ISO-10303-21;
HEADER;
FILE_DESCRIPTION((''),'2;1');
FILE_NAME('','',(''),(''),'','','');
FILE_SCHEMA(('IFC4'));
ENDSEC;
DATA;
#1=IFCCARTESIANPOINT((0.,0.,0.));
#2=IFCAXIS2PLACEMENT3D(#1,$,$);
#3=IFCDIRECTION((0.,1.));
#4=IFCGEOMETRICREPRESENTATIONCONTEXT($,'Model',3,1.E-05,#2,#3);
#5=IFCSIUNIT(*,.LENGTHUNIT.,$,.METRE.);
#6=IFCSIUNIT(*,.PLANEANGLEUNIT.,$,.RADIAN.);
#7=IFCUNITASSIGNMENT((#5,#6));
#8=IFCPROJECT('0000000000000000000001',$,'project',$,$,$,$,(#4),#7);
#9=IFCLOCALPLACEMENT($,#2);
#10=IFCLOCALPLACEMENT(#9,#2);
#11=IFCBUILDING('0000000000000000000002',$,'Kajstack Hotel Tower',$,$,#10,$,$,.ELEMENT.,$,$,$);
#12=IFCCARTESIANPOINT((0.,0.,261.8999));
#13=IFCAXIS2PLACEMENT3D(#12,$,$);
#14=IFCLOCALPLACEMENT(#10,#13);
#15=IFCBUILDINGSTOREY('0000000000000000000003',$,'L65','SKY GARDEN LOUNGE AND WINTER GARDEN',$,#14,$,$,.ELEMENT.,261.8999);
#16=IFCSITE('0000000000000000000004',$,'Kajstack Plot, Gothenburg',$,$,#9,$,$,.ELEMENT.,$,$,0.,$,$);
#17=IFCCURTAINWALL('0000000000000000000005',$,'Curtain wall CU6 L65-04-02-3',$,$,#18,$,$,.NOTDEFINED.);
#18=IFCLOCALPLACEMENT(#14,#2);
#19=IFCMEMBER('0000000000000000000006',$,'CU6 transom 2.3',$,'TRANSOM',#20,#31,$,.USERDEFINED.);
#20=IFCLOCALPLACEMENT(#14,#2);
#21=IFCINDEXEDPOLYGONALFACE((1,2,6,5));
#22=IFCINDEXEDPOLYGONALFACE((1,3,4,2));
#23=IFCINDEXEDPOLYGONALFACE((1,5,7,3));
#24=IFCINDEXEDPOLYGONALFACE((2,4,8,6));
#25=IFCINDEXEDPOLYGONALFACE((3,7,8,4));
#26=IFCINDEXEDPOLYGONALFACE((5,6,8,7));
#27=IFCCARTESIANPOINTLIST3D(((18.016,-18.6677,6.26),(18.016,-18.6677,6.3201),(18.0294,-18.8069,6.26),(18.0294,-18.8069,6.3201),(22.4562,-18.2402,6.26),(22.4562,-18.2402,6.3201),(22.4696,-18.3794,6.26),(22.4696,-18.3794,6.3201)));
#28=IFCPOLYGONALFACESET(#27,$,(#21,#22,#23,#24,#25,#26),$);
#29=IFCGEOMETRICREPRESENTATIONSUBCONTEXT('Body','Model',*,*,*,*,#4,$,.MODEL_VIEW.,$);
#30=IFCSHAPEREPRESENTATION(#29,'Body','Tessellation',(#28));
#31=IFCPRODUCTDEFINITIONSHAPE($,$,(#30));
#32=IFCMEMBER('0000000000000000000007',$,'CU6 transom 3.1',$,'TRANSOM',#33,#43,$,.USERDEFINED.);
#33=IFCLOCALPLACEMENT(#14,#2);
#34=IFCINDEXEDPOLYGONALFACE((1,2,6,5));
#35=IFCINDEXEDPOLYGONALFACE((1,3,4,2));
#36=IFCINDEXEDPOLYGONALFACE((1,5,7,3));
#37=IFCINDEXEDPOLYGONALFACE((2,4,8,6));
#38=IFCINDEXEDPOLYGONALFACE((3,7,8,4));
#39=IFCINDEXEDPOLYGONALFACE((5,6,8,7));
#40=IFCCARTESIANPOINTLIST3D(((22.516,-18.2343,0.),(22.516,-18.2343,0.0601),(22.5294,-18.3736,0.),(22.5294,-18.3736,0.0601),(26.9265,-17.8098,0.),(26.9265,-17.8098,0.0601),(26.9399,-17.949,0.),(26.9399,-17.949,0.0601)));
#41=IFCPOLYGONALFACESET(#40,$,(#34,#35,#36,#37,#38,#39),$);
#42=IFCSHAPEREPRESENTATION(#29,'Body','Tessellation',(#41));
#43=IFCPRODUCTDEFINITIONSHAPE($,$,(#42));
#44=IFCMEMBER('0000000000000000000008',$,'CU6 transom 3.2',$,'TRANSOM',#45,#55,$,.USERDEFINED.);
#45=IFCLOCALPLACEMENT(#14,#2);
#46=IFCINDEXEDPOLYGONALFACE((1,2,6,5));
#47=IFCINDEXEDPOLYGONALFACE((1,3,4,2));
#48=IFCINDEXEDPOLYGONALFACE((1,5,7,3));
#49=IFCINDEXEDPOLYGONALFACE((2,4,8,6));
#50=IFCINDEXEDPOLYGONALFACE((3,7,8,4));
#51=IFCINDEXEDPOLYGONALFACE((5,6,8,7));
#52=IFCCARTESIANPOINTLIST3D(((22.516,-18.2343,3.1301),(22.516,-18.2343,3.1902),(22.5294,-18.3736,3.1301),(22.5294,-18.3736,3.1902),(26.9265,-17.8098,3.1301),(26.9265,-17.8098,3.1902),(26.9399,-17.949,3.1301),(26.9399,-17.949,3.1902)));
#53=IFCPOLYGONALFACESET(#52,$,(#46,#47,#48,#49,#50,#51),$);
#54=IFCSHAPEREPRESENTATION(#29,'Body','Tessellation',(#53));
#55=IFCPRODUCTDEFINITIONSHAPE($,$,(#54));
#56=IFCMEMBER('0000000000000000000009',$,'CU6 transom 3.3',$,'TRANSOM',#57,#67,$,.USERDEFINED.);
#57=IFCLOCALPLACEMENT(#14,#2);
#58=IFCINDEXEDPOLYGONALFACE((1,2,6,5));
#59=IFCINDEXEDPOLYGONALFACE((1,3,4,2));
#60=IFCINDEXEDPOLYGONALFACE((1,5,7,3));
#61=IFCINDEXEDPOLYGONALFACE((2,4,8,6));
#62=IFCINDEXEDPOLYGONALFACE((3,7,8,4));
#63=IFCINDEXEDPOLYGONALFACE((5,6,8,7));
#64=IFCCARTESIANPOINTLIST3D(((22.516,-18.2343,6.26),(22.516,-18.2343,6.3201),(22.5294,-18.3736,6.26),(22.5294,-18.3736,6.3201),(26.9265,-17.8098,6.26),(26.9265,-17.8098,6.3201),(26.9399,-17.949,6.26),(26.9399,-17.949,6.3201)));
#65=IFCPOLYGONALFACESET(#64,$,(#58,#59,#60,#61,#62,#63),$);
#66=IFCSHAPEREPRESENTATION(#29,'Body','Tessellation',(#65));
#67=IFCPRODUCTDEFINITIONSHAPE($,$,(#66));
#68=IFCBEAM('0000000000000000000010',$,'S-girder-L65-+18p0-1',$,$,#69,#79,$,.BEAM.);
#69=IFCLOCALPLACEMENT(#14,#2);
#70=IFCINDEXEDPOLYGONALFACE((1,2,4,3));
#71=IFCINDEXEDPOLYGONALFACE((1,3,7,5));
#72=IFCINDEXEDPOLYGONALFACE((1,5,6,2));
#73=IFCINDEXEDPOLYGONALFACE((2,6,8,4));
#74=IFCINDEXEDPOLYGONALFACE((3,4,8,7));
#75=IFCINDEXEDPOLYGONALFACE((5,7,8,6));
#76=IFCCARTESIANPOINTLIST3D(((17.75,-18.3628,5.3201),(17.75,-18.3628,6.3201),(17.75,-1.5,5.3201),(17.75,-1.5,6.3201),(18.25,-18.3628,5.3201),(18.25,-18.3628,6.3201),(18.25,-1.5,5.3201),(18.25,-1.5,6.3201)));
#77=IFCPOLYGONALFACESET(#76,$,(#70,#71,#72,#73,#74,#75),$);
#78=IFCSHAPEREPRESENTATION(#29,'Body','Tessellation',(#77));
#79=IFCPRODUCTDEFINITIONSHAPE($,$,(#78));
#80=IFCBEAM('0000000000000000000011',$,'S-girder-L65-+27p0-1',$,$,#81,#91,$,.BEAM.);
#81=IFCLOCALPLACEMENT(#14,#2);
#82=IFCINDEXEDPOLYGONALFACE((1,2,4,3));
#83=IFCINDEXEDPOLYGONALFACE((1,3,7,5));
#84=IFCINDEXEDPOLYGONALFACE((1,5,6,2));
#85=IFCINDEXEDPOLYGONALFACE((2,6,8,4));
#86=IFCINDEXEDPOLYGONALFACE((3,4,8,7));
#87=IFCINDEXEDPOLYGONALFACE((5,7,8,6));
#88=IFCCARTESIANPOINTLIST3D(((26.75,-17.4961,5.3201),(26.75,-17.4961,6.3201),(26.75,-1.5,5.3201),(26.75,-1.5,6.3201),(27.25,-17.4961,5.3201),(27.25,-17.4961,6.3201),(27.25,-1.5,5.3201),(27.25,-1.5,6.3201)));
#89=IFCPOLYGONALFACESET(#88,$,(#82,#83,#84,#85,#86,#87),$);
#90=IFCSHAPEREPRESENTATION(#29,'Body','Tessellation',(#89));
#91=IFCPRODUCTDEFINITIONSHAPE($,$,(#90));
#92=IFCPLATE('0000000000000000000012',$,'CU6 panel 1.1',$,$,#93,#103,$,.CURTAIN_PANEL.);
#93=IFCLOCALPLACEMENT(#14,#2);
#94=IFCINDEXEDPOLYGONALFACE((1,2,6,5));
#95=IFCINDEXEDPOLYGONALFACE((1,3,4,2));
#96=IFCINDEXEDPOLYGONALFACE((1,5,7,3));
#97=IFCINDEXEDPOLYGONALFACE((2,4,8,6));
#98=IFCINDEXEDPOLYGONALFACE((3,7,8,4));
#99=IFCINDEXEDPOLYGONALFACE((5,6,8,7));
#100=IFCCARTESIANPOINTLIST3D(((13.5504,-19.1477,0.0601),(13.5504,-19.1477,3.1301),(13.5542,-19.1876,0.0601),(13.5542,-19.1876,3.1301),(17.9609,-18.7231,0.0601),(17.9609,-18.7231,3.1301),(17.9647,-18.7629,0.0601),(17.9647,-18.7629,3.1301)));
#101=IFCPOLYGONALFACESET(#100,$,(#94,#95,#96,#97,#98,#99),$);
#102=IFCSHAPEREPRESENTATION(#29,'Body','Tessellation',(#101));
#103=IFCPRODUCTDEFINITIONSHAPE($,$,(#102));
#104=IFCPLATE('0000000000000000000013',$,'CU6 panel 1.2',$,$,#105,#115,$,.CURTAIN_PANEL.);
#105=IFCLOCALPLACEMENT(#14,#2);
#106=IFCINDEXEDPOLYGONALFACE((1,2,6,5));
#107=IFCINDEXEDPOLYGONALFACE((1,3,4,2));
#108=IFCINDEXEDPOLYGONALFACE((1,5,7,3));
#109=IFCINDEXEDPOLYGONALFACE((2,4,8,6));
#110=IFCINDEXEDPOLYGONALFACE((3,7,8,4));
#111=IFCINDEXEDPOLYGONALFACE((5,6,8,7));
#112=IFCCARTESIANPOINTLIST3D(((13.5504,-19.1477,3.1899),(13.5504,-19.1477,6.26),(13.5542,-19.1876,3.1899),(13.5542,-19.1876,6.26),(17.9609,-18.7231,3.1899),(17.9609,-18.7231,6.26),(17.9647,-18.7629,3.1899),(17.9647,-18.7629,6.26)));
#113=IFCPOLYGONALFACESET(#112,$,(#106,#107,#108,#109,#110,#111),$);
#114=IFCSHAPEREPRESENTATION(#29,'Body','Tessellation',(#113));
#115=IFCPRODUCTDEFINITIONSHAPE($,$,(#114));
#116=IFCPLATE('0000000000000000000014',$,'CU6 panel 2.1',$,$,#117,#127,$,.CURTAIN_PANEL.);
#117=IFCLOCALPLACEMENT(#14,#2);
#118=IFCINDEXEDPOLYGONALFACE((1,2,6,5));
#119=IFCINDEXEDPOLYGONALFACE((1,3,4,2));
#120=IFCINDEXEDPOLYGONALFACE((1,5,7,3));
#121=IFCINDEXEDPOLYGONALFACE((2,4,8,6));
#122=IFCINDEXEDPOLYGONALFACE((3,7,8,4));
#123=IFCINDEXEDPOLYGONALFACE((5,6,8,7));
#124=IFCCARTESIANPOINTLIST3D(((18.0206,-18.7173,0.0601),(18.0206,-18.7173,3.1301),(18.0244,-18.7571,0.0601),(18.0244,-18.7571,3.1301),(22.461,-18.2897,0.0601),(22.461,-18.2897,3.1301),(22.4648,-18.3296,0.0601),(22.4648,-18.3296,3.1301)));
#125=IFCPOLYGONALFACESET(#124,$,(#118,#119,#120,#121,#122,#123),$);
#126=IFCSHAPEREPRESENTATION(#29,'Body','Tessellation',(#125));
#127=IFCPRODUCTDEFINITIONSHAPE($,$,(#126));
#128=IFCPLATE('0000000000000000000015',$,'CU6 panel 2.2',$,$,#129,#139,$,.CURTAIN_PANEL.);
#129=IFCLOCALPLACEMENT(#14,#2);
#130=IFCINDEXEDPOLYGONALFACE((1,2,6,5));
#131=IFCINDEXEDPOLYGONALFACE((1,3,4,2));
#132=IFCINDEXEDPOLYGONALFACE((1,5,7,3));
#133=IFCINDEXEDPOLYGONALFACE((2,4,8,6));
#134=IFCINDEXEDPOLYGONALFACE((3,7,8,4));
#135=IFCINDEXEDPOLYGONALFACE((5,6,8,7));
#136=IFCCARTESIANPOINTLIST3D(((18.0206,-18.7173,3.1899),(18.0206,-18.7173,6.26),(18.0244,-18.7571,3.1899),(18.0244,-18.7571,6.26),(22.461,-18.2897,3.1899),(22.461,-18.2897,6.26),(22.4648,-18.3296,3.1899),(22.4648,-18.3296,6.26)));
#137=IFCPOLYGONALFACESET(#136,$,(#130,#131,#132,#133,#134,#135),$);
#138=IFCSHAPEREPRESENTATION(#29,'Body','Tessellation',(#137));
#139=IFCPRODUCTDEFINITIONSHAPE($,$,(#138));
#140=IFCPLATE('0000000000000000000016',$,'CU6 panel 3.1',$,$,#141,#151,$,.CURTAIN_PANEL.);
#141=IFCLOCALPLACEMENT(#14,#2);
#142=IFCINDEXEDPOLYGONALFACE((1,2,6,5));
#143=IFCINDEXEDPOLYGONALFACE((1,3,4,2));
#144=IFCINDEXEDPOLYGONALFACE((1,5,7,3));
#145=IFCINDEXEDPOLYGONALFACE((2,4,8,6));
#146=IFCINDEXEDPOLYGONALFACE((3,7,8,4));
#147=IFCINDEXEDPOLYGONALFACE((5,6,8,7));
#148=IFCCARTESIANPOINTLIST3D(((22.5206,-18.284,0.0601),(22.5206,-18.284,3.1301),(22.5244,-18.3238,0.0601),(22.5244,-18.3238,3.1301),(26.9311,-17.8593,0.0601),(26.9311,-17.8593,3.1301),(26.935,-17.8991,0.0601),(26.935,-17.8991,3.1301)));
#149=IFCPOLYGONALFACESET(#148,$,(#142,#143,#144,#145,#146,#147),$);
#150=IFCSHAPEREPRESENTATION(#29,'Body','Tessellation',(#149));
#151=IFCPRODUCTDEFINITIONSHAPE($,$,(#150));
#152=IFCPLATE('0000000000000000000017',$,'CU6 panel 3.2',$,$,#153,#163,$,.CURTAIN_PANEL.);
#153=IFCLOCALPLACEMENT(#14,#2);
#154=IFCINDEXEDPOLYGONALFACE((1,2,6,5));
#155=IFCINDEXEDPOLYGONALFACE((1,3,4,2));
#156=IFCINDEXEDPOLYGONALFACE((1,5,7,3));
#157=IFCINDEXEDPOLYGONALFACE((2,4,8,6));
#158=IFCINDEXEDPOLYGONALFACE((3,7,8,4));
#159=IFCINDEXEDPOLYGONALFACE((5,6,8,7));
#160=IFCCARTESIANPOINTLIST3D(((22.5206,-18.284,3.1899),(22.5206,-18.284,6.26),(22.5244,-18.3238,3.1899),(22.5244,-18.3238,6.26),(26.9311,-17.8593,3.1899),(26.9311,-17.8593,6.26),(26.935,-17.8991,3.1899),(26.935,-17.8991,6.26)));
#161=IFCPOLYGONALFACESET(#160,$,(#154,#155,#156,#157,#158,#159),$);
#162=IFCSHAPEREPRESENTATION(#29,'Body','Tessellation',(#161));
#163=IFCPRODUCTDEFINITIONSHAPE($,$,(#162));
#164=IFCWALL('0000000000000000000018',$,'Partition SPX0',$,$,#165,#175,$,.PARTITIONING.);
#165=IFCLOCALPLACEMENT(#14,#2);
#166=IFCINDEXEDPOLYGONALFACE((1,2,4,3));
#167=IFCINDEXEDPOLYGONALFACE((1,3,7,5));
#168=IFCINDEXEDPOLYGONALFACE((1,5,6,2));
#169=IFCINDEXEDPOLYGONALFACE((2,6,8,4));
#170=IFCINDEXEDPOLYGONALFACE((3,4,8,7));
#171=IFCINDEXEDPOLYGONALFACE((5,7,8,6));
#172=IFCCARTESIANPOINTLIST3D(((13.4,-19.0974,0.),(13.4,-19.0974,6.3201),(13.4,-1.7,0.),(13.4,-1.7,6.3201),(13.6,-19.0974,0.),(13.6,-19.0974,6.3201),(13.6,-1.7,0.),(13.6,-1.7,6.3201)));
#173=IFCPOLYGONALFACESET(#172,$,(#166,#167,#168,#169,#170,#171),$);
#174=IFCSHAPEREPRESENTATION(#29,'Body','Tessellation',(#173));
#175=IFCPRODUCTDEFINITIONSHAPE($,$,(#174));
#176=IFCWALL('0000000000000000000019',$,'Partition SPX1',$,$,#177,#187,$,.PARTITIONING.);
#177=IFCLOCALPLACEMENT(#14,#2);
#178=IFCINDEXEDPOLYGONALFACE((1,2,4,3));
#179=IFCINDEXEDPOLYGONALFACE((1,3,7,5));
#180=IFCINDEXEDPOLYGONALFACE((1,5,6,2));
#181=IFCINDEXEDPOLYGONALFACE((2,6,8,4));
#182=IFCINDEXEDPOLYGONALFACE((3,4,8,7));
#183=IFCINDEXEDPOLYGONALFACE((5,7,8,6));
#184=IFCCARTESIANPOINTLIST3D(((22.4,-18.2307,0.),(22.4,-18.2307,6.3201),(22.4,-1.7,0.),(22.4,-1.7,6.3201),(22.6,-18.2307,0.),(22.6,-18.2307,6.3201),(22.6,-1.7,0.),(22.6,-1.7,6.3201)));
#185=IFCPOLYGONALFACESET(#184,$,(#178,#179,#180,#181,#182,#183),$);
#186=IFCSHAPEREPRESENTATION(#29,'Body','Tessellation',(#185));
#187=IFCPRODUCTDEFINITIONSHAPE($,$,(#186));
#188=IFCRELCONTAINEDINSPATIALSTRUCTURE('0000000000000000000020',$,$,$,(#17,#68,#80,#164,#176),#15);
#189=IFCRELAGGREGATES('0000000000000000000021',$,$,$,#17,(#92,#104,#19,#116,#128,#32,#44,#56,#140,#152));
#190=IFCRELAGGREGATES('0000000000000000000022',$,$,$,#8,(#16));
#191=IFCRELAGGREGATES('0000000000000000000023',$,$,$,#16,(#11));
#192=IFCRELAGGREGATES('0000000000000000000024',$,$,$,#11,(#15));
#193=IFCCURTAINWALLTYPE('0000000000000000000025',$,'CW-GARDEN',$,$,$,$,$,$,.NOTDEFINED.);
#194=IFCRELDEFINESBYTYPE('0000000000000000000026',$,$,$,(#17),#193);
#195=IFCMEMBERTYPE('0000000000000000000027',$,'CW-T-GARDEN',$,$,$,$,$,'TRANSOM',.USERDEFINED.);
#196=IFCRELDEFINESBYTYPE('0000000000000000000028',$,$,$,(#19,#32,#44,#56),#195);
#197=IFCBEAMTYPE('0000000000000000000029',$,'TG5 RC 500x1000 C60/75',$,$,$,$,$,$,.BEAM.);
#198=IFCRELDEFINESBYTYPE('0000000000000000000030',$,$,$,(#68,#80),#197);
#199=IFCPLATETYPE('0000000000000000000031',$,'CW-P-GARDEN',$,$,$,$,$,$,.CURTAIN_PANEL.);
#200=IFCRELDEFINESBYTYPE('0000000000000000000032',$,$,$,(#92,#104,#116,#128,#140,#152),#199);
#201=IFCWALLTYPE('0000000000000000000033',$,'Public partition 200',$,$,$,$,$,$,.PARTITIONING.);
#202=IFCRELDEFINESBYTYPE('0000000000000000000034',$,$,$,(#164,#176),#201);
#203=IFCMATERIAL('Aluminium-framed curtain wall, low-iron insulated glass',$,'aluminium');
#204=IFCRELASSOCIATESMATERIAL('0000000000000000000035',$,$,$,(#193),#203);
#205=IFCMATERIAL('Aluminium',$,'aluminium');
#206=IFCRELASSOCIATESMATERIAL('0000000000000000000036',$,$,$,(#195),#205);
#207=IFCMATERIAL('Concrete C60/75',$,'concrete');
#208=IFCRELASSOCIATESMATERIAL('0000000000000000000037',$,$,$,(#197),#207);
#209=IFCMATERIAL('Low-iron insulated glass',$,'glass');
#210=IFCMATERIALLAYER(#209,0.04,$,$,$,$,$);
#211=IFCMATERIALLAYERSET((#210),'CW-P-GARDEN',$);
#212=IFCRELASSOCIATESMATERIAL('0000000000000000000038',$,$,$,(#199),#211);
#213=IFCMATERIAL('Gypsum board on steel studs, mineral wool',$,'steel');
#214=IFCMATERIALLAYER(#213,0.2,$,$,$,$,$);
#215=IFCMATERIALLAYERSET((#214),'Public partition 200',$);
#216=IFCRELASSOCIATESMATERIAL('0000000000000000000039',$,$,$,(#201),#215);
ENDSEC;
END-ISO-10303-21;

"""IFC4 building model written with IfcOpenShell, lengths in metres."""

from ifc_helpers import new_model, si_unit, direction, frame, frame_2d, origin, origin_2d, place, context, subcontext, project, spatial, rectangle, extrude, material, layer, layer_set, material_profile, profile_set, type_object, element, aggregate, save


model = new_model("IFC4")

# Units and contexts
model_context = context("Model", 3, precision=1e-05, world=origin(), true_north=direction((0.0, 1.0)))
body_context = subcontext(model_context, "Body", "Model", "MODEL_VIEW")
ifc_project = project(units=[si_unit("LENGTHUNIT", "METRE"), si_unit("PLANEANGLEUNIT", "RADIAN")], contexts=[model_context])

# Site, building, storey
site_placement = place(None, origin())
site = spatial("IfcSite", under=ifc_project, at=site_placement, Name="Kajstack Plot, Gothenburg", CompositionType="ELEMENT", RefElevation=0.0)
building_placement = place(site_placement, origin())
building = spatial("IfcBuilding", under=site, at=building_placement, Name="Kajstack Hotel Tower", CompositionType="ELEMENT")
storey_placement = place(building_placement, frame((0.0, 0.0, 261.8999)))
storey = spatial("IfcBuildingStorey", under=building, at=storey_placement, Name="L65", Description="SKY GARDEN LOUNGE AND WINTER GARDEN", CompositionType="ELEMENT", Elevation=261.8999)

# Shared definitions
ifc_material_1 = material(Name="Aluminium-framed curtain wall, low-iron insulated glass", Category="aluminium")
curtain_wall_type = type_object("IfcCurtainWallType", Name="CW-GARDEN", PredefinedType="NOTDEFINED", material=ifc_material_1)
ifc_material_2 = material(Name="Aluminium", Category="aluminium")

# Curtain wall, members
curtain_wall_1_placement = place(storey_placement, origin())
curtain_wall_1 = element("IfcCurtainWall", 1, at=curtain_wall_1_placement, inside=storey, type_object=curtain_wall_type, Name="Curtain wall CU6 L65-04-02-3", PredefinedType="NOTDEFINED")
ifc_material_profile_1 = material_profile(ifc_material_2, rectangle(XDim=0.1399, YDim=0.0601, at=origin_2d()), Name="Aluminium transom 140 x 60")
ifc_profile_set_1 = profile_set([ifc_material_profile_1], Name="Aluminium")
member_type_1 = type_object("IfcMemberType", Name="CW-T-GARDEN", ElementType="TRANSOM", PredefinedType="USERDEFINED", material=ifc_profile_set_1)
member_1_placement = place(storey_placement, frame((18.0227, -18.7373, 6.29), z_axis=(0.995397, 0.095834, 0.0), x_axis=(-0.095834, 0.995397, 0.0)))
member_1 = element("IfcMember", 2, at=member_1_placement, type_object=member_type_1, Name="CU6 transom 2.3", ObjectType="TRANSOM", PredefinedType="USERDEFINED", context=body_context, shape_type="SweptSolid", body=[
    extrude(rectangle(XDim=0.1399, YDim=0.0601, at=origin_2d()), origin(), (0.0, 0.0, 1.0), 4.4607),
])
member_2_placement = place(storey_placement, frame((22.5227, -18.304, 0.03), z_axis=(0.995399, 0.095821, 0.0), x_axis=(-0.095821, 0.995399, 0.0)))
member_2 = element("IfcMember", 3, at=member_2_placement, type_object=member_type_1, Name="CU6 transom 3.1", ObjectType="TRANSOM", PredefinedType="USERDEFINED", context=body_context, shape_type="SweptSolid", body=[
    extrude(rectangle(XDim=0.1399, YDim=0.0601, at=origin_2d()), origin(), (0.0, 0.0, 1.0), 4.4309),
])
member_3_placement = place(storey_placement, frame((22.5227, -18.304, 3.1602), z_axis=(0.995399, 0.095821, 0.0), x_axis=(-0.095821, 0.995399, 0.0)))
member_3 = element("IfcMember", 4, at=member_3_placement, type_object=member_type_1, Name="CU6 transom 3.2", ObjectType="TRANSOM", PredefinedType="USERDEFINED", context=body_context, shape_type="SweptSolid", body=[
    extrude(rectangle(XDim=0.1399, YDim=0.0601, at=origin_2d()), origin(), (0.0, 0.0, 1.0), 4.4309),
])
member_4_placement = place(storey_placement, frame((22.5227, -18.304, 6.29), z_axis=(0.995399, 0.095821, 0.0), x_axis=(-0.095821, 0.995399, 0.0)))
member_4 = element("IfcMember", 5, at=member_4_placement, type_object=member_type_1, Name="CU6 transom 3.3", ObjectType="TRANSOM", PredefinedType="USERDEFINED", context=body_context, shape_type="SweptSolid", body=[
    extrude(rectangle(XDim=0.1399, YDim=0.0601, at=origin_2d()), origin(), (0.0, 0.0, 1.0), 4.4309),
])

# Beams
ifc_material_3 = material(Name="Concrete C60/75", Category="concrete")
ifc_material_profile_2 = material_profile(ifc_material_3, rectangle(XDim=0.5, YDim=1.0, at=origin_2d()), Name="RC 500x1000")
ifc_profile_set_2 = profile_set([ifc_material_profile_2], Name="Concrete C60/75")
beam_type = type_object("IfcBeamType", Name="TG5 RC 500x1000 C60/75", PredefinedType="BEAM", material=ifc_profile_set_2)
beam_1_placement = place(storey_placement, frame((18.0, -18.3628, 5.8201), z_axis=(0.0, 1.0, 0.0), x_axis=(-1.0, 0.0, 0.0)))
element("IfcBeam", 6, at=beam_1_placement, inside=storey, type_object=beam_type, Name="S-girder-L65-+18p0-1", PredefinedType="BEAM", context=body_context, shape_type="SweptSolid", body=[
    extrude(rectangle(XDim=0.5, YDim=1.0, at=origin_2d()), origin(), (0.0, 0.0, 1.0), 16.8628),
])
beam_2_placement = place(storey_placement, frame((27.0, -17.4961, 5.8201), z_axis=(0.0, 1.0, 0.0), x_axis=(-1.0, 0.0, 0.0)))
element("IfcBeam", 7, at=beam_2_placement, inside=storey, type_object=beam_type, Name="S-girder-L65-+27p0-1", PredefinedType="BEAM", context=body_context, shape_type="SweptSolid", body=[
    extrude(rectangle(XDim=0.5, YDim=1.0, at=origin_2d()), origin(), (0.0, 0.0, 1.0), 15.9961),
])

# Plates
ifc_material_4 = material(Name="Low-iron insulated glass", Category="glass")
ifc_layer_1 = layer(ifc_material_4, 0.04)
ifc_layer_set_1 = layer_set([ifc_layer_1], Name="CW-P-GARDEN")
plate_type = type_object("IfcPlateType", Name="CW-P-GARDEN", PredefinedType="CURTAIN_PANEL", material=ifc_layer_set_1)
plate_1_placement = place(storey_placement, frame((15.7576, -18.9553, 0.0601), z_axis=(0.0, 0.0, 1.0), x_axis=(0.995396, 0.095846, 0.0)))
plate_1 = element("IfcPlate", 8, at=plate_1_placement, type_object=plate_type, Name="CU6 panel 1.1", PredefinedType="CURTAIN_PANEL", context=body_context, shape_type="SweptSolid", body=[
    extrude(rectangle(XDim=4.4309, YDim=0.04, at=origin_2d()), origin(), (0.0, 0.0, 1.0), 3.0701),
])
plate_2_placement = place(storey_placement, frame((15.7576, -18.9553, 3.1899), z_axis=(0.0, 0.0, 1.0), x_axis=(0.995396, 0.095846, 0.0)))
plate_2 = element("IfcPlate", 9, at=plate_2_placement, type_object=plate_type, Name="CU6 panel 1.2", PredefinedType="CURTAIN_PANEL", context=body_context, shape_type="SweptSolid", body=[
    extrude(rectangle(XDim=4.4309, YDim=0.04, at=origin_2d()), origin(), (0.0, 0.0, 1.0), 3.0701),
])
plate_3_placement = place(storey_placement, frame((20.2427, -18.5234, 0.0601), z_axis=(0.0, 0.0, 1.0), x_axis=(0.995396, 0.095846, 0.0)))
plate_3 = element("IfcPlate", 10, at=plate_3_placement, type_object=plate_type, Name="CU6 panel 2.1", PredefinedType="CURTAIN_PANEL", context=body_context, shape_type="SweptSolid", body=[
    extrude(rectangle(XDim=4.4609, YDim=0.04, at=origin_2d()), origin(), (0.0, 0.0, 1.0), 3.0701),
])
plate_4_placement = place(storey_placement, frame((20.2427, -18.5234, 3.1899), z_axis=(0.0, 0.0, 1.0), x_axis=(0.995396, 0.095846, 0.0)))
plate_4 = element("IfcPlate", 11, at=plate_4_placement, type_object=plate_type, Name="CU6 panel 2.2", PredefinedType="CURTAIN_PANEL", context=body_context, shape_type="SweptSolid", body=[
    extrude(rectangle(XDim=4.4609, YDim=0.04, at=origin_2d()), origin(), (0.0, 0.0, 1.0), 3.0701),
])
plate_5_placement = place(storey_placement, frame((24.7278, -18.0916, 0.0601), z_axis=(0.0, 0.0, 1.0), x_axis=(0.995396, 0.095846, 0.0)))
plate_5 = element("IfcPlate", 12, at=plate_5_placement, type_object=plate_type, Name="CU6 panel 3.1", PredefinedType="CURTAIN_PANEL", context=body_context, shape_type="SweptSolid", body=[
    extrude(rectangle(XDim=4.4309, YDim=0.04, at=origin_2d()), origin(), (0.0, 0.0, 1.0), 3.0701),
])
plate_6_placement = place(storey_placement, frame((24.7278, -18.0916, 3.1899), z_axis=(0.0, 0.0, 1.0), x_axis=(0.995396, 0.095846, 0.0)))
plate_6 = element("IfcPlate", 13, at=plate_6_placement, type_object=plate_type, Name="CU6 panel 3.2", PredefinedType="CURTAIN_PANEL", context=body_context, shape_type="SweptSolid", body=[
    extrude(rectangle(XDim=4.4309, YDim=0.04, at=origin_2d()), origin(), (0.0, 0.0, 1.0), 3.0701),
])
aggregate(curtain_wall_1, [plate_1, plate_2, member_1, plate_3, plate_4, member_2, member_3, member_4, plate_5, plate_6])

# Walls
ifc_material_5 = material(Name="Gypsum board on steel studs, mineral wool", Category="steel")
ifc_layer_2 = layer(ifc_material_5, 0.2)
ifc_layer_set_2 = layer_set([ifc_layer_2], Name="Public partition 200")
wall_type = type_object("IfcWallType", Name="Public partition 200", PredefinedType="PARTITIONING", material=ifc_layer_set_2)
wall_1_placement = place(storey_placement, frame((13.5, -19.0974, 0.0), z_axis=(0.0, 0.0, 1.0), x_axis=(0.0, 1.0, 0.0)))
element("IfcWall", 14, at=wall_1_placement, inside=storey, type_object=wall_type, Name="Partition SPX0", PredefinedType="PARTITIONING", context=body_context, shape_type="SweptSolid", body=[
    extrude(rectangle(XDim=17.3975, YDim=0.2, at=frame_2d((8.6987, 0.0))), origin(), (0.0, 0.0, 1.0), 6.3201),
])
wall_2_placement = place(storey_placement, frame((22.5, -18.2307, 0.0), z_axis=(0.0, 0.0, 1.0), x_axis=(0.0, 1.0, 0.0)))
element("IfcWall", 15, at=wall_2_placement, inside=storey, type_object=wall_type, Name="Partition SPX1", PredefinedType="PARTITIONING", context=body_context, shape_type="SweptSolid", body=[
    extrude(rectangle(XDim=16.5308, YDim=0.2, at=frame_2d((8.2654, 0.0))), origin(), (0.0, 0.0, 1.0), 6.3201),
])

save(model, "model.ifc")
